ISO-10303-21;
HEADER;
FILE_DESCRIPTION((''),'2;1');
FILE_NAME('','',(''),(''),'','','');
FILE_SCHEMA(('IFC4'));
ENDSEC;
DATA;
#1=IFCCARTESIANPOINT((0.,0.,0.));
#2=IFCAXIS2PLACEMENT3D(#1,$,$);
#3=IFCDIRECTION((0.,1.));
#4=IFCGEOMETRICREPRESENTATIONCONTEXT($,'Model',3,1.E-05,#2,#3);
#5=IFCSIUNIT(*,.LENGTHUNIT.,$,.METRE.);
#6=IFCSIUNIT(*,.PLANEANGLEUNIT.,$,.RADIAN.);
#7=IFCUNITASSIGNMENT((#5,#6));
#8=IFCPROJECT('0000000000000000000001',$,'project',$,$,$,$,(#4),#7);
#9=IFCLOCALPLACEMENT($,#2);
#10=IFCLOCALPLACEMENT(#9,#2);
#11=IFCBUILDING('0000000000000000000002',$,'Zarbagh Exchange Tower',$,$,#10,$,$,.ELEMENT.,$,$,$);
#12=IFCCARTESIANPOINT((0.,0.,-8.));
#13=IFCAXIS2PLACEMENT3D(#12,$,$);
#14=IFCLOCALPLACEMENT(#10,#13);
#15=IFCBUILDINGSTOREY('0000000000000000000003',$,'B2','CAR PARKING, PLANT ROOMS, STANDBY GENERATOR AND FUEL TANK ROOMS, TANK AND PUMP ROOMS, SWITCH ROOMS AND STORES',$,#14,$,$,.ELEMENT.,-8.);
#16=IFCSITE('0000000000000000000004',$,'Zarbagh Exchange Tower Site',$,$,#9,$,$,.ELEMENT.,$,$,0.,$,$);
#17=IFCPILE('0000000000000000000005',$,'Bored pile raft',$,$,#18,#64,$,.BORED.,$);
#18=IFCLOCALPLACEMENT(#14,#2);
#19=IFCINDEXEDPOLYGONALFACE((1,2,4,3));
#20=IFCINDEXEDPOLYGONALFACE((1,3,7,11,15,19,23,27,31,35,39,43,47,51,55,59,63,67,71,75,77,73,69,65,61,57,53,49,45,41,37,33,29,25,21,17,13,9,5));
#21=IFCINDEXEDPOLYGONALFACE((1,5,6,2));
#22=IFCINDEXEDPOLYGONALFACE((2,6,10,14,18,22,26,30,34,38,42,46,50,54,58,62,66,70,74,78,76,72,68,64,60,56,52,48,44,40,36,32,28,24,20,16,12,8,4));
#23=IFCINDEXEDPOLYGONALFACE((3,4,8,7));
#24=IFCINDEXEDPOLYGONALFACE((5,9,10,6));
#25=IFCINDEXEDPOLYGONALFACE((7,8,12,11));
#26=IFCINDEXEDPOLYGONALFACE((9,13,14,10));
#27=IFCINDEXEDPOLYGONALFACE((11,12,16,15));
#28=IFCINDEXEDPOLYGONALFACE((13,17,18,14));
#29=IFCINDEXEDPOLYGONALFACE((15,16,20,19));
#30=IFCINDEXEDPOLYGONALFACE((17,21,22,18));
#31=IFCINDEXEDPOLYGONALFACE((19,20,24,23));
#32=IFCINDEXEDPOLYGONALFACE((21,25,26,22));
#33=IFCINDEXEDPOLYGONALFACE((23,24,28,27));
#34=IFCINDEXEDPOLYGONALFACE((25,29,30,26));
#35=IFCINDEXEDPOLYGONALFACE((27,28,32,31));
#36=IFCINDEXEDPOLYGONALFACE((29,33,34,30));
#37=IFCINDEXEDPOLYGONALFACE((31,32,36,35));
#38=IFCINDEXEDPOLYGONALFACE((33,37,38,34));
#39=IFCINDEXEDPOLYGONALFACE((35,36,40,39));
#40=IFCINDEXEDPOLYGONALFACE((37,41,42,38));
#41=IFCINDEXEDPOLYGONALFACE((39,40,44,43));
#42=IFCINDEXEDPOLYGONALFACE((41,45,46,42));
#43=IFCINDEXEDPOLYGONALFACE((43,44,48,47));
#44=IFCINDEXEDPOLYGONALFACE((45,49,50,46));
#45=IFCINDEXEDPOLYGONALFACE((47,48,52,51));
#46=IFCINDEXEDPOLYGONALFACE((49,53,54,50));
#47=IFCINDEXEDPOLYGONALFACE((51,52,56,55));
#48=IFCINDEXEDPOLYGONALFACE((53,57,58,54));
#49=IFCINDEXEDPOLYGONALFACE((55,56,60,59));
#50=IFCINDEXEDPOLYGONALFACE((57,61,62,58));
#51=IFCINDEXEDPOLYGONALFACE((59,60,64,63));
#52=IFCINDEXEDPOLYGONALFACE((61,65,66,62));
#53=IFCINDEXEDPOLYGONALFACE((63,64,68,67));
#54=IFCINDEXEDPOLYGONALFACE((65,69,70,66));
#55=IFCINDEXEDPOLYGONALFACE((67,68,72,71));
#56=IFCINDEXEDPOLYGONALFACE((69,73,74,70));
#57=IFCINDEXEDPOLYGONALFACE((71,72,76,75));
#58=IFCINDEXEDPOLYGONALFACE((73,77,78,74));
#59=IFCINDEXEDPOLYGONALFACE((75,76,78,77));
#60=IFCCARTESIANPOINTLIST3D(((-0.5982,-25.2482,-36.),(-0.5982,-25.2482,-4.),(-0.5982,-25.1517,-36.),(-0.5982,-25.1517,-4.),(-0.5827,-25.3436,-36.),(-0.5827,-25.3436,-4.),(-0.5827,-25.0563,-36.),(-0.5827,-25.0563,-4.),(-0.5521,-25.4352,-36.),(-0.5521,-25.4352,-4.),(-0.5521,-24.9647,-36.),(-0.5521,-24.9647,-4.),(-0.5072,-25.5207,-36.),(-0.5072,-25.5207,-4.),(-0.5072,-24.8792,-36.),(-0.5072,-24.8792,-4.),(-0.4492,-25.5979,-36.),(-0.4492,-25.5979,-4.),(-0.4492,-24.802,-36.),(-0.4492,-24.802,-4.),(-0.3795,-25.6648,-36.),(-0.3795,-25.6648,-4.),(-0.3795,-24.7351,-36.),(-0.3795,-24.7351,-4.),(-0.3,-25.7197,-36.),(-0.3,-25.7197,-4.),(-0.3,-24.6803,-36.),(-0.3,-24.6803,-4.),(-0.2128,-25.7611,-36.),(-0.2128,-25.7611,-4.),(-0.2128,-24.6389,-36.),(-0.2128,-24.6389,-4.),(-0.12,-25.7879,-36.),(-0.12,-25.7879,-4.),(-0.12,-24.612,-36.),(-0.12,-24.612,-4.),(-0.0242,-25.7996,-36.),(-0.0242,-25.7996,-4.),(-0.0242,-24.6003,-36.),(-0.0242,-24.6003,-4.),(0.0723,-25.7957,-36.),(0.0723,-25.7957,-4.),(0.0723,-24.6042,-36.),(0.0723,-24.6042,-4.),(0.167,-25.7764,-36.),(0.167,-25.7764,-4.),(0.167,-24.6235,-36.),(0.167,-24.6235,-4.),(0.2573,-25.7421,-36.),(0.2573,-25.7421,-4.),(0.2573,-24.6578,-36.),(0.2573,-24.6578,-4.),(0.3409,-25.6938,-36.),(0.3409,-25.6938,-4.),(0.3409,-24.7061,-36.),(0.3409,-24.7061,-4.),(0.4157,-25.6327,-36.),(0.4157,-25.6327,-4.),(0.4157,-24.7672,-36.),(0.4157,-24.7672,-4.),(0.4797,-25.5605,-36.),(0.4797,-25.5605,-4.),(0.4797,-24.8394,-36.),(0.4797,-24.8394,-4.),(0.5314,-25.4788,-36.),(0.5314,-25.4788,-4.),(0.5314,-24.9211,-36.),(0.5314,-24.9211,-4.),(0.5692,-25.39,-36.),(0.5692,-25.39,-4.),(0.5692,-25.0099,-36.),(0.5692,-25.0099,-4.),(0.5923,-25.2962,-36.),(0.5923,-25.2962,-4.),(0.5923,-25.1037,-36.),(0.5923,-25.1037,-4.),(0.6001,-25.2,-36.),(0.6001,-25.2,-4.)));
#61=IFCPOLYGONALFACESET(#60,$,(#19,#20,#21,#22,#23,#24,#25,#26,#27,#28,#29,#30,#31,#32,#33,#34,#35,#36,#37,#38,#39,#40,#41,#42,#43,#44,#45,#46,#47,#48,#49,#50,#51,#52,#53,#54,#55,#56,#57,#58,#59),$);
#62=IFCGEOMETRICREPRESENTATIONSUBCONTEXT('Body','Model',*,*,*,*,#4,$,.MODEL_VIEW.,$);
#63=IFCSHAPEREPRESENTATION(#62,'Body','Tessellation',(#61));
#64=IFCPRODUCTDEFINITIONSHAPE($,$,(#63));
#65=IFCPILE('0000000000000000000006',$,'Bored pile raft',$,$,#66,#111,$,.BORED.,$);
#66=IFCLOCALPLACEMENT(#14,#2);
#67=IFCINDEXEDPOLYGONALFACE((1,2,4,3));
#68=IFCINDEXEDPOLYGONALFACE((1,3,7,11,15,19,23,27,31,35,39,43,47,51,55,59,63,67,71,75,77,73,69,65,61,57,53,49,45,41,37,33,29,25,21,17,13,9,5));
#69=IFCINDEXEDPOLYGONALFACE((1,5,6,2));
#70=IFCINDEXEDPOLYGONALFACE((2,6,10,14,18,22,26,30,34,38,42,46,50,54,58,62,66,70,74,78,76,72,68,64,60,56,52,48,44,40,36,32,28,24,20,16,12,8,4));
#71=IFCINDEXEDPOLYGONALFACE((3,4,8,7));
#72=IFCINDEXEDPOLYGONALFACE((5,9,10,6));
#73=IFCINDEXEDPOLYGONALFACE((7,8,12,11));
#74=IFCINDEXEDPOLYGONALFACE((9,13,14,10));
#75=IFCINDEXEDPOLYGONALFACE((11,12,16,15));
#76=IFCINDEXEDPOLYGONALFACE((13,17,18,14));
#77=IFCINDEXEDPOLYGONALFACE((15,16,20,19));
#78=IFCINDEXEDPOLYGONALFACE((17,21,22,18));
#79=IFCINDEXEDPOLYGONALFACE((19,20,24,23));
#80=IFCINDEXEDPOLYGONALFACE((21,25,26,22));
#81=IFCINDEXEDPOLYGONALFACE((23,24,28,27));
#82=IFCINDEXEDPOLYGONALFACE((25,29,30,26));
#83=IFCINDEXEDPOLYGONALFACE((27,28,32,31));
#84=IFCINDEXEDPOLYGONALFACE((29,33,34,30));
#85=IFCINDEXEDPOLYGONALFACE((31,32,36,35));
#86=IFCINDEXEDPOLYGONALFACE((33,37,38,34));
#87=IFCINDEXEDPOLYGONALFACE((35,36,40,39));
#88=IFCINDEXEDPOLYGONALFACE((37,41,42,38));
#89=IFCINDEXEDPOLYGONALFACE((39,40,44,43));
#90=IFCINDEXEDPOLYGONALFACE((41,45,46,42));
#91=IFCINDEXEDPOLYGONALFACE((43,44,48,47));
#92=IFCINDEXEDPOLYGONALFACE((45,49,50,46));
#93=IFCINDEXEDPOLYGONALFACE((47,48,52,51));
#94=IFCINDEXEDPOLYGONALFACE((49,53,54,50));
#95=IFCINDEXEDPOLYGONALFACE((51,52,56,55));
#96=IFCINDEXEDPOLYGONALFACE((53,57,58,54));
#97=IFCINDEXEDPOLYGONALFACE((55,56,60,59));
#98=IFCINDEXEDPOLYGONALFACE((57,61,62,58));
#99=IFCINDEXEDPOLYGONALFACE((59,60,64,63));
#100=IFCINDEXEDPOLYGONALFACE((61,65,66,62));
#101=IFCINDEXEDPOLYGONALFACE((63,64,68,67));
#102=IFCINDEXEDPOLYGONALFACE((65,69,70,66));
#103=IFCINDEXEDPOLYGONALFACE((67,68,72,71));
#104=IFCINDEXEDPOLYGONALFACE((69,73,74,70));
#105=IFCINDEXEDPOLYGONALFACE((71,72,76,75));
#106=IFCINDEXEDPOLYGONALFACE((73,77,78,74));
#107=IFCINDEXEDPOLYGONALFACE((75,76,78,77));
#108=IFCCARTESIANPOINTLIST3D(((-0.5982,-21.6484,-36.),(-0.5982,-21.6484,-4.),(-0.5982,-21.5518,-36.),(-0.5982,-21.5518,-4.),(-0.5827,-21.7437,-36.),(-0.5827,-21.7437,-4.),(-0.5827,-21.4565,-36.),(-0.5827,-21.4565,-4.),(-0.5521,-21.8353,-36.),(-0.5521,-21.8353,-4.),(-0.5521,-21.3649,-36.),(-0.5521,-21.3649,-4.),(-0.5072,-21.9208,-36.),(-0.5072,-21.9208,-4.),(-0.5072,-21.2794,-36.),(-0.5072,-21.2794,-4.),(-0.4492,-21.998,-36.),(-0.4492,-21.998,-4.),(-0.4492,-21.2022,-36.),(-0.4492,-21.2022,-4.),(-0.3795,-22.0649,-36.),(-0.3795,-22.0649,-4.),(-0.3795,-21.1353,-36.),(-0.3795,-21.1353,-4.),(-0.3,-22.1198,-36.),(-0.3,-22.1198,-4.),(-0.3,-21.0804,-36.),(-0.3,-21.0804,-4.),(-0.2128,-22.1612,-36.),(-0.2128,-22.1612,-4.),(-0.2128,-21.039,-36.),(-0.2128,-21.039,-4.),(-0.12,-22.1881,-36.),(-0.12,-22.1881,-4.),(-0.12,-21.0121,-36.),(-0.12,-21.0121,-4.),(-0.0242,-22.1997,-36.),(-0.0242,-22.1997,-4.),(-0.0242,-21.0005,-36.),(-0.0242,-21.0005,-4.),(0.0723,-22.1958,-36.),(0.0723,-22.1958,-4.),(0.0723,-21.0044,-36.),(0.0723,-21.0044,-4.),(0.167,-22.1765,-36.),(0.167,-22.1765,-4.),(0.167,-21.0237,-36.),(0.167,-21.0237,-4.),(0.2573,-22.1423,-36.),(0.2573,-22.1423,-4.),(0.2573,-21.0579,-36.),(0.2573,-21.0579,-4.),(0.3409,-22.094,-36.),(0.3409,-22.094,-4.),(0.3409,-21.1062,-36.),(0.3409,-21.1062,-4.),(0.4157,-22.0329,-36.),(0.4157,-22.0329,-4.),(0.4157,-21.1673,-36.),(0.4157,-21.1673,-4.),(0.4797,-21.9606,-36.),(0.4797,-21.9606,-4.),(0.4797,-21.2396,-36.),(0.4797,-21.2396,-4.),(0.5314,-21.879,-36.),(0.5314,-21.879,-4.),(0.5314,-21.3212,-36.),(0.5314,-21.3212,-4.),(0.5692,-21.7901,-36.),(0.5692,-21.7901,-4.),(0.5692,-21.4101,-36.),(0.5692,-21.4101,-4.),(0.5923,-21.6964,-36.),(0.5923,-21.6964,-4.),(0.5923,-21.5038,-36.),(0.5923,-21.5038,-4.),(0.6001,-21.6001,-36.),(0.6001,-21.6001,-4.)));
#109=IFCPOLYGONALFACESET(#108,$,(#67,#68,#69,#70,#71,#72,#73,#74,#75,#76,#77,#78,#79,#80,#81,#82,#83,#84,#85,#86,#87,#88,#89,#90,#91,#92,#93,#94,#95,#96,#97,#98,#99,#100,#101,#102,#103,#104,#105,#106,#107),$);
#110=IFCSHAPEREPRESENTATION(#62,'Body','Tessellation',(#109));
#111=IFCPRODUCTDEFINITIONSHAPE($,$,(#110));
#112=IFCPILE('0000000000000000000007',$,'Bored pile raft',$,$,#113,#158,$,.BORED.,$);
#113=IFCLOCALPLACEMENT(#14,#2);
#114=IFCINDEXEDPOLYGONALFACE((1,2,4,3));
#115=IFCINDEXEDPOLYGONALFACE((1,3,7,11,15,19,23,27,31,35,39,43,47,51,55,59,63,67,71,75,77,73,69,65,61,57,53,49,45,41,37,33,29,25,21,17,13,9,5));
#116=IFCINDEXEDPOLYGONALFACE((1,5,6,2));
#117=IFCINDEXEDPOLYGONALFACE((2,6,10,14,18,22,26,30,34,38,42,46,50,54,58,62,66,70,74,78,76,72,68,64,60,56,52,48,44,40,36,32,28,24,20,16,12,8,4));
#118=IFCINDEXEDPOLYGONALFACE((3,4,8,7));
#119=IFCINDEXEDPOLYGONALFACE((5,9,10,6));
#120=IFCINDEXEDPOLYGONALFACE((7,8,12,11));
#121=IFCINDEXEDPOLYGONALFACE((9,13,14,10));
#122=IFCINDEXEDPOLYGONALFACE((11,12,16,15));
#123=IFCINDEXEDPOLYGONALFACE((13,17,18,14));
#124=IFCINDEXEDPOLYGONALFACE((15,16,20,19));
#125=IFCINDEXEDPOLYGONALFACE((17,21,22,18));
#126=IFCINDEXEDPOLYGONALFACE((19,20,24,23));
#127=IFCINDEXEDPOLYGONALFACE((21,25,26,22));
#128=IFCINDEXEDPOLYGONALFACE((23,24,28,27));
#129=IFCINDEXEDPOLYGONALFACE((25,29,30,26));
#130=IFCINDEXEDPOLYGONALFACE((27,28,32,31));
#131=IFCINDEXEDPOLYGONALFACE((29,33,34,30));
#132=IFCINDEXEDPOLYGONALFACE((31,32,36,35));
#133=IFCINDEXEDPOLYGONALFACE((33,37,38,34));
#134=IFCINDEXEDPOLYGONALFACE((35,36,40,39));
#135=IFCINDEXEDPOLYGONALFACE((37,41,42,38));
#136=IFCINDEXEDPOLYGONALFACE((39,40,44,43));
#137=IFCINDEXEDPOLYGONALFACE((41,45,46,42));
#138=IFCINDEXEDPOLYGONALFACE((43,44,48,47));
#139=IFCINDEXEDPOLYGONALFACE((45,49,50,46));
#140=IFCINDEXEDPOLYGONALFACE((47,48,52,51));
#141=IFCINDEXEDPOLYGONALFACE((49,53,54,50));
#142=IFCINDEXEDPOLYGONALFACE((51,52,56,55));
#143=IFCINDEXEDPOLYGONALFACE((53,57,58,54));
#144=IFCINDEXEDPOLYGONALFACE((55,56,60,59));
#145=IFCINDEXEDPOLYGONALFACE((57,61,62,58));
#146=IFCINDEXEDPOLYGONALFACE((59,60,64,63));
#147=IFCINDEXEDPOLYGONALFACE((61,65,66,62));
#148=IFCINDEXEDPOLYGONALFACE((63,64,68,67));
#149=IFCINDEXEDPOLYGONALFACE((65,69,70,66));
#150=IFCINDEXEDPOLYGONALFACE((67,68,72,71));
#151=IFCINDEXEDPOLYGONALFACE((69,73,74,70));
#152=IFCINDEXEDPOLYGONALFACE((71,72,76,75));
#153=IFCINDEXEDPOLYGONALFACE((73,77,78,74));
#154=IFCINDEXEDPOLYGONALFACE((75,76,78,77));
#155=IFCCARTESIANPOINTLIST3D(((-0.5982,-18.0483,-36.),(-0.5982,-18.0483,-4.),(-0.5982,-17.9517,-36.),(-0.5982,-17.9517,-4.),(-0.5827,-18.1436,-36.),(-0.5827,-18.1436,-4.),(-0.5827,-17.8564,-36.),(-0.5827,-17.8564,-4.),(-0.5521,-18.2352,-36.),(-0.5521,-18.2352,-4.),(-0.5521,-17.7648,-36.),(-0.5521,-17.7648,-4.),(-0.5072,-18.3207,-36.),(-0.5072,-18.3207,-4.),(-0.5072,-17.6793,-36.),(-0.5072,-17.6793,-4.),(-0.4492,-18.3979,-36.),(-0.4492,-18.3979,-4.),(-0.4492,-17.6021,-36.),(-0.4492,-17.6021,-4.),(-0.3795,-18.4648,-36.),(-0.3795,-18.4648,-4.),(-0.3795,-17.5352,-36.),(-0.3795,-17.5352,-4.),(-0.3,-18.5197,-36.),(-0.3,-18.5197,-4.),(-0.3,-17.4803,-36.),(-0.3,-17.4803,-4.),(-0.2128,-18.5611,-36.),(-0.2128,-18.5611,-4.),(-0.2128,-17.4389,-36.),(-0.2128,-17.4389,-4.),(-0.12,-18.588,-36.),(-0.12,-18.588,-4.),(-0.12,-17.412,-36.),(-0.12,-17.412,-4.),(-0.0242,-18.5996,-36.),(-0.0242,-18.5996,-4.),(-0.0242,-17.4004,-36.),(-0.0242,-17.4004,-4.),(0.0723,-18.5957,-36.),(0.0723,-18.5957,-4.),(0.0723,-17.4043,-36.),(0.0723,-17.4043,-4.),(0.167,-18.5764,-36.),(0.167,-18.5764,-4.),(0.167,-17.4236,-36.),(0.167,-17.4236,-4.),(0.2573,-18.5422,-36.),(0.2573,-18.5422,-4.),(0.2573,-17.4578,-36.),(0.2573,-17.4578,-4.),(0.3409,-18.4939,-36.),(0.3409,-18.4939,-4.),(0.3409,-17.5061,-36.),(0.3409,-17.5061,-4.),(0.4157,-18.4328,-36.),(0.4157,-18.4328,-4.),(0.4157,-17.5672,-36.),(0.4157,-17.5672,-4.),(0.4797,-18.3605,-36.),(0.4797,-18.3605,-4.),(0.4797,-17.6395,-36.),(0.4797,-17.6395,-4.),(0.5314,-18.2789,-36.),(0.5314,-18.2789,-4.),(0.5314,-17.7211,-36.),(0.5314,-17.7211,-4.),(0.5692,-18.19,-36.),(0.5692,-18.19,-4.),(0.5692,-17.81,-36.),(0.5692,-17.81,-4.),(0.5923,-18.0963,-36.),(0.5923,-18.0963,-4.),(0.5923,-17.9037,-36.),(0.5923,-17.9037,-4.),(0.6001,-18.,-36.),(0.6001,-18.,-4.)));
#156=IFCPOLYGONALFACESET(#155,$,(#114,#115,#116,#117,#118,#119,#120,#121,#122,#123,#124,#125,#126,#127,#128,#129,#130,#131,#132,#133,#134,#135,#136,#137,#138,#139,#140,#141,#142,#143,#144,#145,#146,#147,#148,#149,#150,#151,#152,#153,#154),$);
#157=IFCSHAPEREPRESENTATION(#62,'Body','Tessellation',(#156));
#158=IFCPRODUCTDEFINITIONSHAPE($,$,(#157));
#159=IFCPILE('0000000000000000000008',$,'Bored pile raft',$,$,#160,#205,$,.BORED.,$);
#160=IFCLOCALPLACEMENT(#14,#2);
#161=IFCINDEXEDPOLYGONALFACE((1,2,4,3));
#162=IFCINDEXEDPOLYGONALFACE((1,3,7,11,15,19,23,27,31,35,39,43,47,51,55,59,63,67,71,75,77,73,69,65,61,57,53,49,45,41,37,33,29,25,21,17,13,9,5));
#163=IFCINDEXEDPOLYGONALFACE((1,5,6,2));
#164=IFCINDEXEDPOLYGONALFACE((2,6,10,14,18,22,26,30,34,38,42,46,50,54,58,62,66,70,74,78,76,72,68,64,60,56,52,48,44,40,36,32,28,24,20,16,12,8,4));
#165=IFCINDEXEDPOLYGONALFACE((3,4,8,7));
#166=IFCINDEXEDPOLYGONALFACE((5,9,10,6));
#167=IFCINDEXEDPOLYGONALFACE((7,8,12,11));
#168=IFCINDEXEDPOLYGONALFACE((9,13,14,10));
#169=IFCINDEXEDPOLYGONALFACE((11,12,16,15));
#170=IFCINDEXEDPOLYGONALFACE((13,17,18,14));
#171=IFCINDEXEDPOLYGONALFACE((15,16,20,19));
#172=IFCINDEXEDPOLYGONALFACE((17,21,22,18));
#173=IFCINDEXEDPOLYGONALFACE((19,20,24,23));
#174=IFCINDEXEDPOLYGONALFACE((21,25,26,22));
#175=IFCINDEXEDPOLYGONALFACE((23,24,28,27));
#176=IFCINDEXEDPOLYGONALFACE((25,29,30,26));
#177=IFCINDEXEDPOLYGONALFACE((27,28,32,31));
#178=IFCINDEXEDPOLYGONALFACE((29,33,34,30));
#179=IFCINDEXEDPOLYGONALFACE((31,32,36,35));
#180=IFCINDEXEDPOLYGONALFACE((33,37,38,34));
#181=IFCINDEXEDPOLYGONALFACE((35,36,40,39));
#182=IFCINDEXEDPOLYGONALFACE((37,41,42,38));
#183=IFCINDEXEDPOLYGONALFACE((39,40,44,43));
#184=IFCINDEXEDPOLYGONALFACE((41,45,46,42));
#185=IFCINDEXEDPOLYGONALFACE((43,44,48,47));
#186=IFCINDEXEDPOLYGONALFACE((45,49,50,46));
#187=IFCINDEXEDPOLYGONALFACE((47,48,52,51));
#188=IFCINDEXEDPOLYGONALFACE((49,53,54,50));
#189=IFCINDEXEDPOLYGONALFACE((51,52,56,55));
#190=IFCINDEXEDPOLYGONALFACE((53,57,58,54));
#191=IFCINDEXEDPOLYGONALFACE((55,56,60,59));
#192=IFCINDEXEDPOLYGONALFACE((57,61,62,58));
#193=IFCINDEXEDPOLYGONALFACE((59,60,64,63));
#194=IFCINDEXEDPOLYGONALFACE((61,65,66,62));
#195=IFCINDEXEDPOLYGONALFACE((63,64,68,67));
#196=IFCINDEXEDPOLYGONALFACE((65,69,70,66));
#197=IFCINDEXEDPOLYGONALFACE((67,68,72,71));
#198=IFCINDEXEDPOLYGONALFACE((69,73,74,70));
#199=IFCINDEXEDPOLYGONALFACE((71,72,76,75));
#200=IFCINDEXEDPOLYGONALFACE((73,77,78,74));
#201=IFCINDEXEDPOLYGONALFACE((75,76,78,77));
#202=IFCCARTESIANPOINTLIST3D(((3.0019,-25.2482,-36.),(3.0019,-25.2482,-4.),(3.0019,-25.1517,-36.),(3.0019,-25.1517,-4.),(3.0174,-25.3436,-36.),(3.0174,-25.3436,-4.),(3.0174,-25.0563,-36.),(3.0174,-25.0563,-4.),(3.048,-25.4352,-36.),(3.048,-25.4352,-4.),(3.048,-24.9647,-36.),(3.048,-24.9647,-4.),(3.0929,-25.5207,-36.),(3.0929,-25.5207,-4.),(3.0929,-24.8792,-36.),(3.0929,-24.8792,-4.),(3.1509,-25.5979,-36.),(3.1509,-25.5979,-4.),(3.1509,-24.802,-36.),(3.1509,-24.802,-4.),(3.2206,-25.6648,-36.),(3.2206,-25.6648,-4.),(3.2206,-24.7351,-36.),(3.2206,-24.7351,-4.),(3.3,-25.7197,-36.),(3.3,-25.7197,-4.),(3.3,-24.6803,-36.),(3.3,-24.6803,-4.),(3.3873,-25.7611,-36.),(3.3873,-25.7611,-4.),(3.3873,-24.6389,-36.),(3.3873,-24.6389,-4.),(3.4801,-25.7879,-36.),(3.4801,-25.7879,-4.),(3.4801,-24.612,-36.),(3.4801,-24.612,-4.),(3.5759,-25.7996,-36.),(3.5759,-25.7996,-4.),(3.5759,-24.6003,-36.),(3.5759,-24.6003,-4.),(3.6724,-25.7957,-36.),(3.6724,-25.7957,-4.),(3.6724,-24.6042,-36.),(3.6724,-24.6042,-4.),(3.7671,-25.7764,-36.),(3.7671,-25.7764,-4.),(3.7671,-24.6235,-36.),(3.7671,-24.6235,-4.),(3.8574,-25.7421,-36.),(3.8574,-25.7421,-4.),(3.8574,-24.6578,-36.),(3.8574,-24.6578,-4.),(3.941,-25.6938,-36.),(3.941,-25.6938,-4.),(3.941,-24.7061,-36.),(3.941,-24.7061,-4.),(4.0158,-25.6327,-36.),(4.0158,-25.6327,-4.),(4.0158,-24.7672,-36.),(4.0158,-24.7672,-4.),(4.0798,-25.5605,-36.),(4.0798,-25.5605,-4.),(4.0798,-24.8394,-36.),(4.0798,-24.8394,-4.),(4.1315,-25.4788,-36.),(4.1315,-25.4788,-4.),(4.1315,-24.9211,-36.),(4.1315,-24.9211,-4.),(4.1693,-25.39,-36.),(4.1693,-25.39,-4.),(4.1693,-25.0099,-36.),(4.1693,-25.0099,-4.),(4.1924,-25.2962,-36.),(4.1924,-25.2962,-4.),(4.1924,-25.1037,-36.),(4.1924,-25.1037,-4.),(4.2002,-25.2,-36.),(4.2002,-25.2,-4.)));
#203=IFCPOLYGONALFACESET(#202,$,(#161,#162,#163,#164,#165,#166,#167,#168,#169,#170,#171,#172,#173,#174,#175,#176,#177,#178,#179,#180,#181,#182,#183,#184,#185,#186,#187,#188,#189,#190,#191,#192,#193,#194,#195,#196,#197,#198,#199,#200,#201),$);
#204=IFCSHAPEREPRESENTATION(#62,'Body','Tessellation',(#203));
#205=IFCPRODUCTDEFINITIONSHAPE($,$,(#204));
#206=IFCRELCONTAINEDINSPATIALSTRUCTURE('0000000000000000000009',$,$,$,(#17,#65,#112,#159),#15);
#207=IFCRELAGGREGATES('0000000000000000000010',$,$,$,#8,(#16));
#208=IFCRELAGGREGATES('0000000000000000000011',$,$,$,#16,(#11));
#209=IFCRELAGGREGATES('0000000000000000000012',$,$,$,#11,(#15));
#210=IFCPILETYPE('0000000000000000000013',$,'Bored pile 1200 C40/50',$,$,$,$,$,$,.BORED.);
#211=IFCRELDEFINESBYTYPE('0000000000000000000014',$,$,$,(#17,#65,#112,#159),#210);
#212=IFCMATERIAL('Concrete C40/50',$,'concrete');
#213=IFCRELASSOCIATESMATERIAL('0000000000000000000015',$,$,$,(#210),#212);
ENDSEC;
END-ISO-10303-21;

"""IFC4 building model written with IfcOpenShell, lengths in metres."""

from ifc_helpers import new_model, si_unit, direction, frame, origin, origin_2d, place, context, subcontext, project, spatial, circle, extrude, material, material_profile, profile_set, type_object, element, save


model = new_model("IFC4")

# Units and contexts
model_context = context("Model", 3, precision=1e-05, world=origin(), true_north=direction((0.0, 1.0)))
body_context = subcontext(model_context, "Body", "Model", "MODEL_VIEW")
ifc_project = project(units=[si_unit("LENGTHUNIT", "METRE"), si_unit("PLANEANGLEUNIT", "RADIAN")], contexts=[model_context])

# Site, building, storey
site_placement = place(None, origin())
site = spatial("IfcSite", under=ifc_project, at=site_placement, Name="Zarbagh Exchange Tower Site", CompositionType="ELEMENT", RefElevation=0.0)
building_placement = place(site_placement, origin())
building = spatial("IfcBuilding", under=site, at=building_placement, Name="Zarbagh Exchange Tower", CompositionType="ELEMENT")
storey_placement = place(building_placement, frame((0.0, 0.0, -8.0)))
storey = spatial("IfcBuildingStorey", under=building, at=storey_placement, Name="B2", Description="CAR PARKING, PLANT ROOMS, STANDBY GENERATOR AND FUEL TANK ROOMS, TANK AND PUMP ROOMS, SWITCH ROOMS AND STORES", CompositionType="ELEMENT", Elevation=-8.0)

# Piles
ifc_material_1 = material(Name="Concrete C40/50", Category="concrete")
ifc_material_profile_1 = material_profile(ifc_material_1, circle(Radius=0.6001, at=origin_2d()), Name="Bored pile 1200 C40/50")
ifc_profile_set_1 = profile_set([ifc_material_profile_1], Name="Concrete C40/50")
pile_type = type_object("IfcPileType", Name="Bored pile 1200 C40/50", PredefinedType="BORED", material=ifc_profile_set_1)
for number, where, z_axis, x_axis, name in (
    (1, (0.0, -25.2, -4.0), (0.0, 0.0, -1.0), (1.0, 0.0, 0.0), "Bored pile raft"),
    (2, (0.0, -21.6001, -4.0), (0.0, 0.0, -1.0), (1.0, 0.0, 0.0), "Bored pile raft"),
    (3, (0.0, -18.0, -4.0), (0.0, 0.0, -1.0), (1.0, 0.0, 0.0), "Bored pile raft"),
    (4, (3.6001, -25.2, -4.0), (0.0, 0.0, -1.0), (1.0, 0.0, 0.0), "Bored pile raft"),
):
    element("IfcPile", number, at=place(storey_placement, frame(where, z_axis=z_axis, x_axis=x_axis)), inside=storey, type_object=pile_type, Name=name, PredefinedType="BORED", context=body_context, shape_type="SweptSolid", body=[
        extrude(circle(Radius=0.6001, at=origin_2d()), origin(), (0.0, 0.0, 1.0), 32.0),
    ])

save(model, "model.ifc")
